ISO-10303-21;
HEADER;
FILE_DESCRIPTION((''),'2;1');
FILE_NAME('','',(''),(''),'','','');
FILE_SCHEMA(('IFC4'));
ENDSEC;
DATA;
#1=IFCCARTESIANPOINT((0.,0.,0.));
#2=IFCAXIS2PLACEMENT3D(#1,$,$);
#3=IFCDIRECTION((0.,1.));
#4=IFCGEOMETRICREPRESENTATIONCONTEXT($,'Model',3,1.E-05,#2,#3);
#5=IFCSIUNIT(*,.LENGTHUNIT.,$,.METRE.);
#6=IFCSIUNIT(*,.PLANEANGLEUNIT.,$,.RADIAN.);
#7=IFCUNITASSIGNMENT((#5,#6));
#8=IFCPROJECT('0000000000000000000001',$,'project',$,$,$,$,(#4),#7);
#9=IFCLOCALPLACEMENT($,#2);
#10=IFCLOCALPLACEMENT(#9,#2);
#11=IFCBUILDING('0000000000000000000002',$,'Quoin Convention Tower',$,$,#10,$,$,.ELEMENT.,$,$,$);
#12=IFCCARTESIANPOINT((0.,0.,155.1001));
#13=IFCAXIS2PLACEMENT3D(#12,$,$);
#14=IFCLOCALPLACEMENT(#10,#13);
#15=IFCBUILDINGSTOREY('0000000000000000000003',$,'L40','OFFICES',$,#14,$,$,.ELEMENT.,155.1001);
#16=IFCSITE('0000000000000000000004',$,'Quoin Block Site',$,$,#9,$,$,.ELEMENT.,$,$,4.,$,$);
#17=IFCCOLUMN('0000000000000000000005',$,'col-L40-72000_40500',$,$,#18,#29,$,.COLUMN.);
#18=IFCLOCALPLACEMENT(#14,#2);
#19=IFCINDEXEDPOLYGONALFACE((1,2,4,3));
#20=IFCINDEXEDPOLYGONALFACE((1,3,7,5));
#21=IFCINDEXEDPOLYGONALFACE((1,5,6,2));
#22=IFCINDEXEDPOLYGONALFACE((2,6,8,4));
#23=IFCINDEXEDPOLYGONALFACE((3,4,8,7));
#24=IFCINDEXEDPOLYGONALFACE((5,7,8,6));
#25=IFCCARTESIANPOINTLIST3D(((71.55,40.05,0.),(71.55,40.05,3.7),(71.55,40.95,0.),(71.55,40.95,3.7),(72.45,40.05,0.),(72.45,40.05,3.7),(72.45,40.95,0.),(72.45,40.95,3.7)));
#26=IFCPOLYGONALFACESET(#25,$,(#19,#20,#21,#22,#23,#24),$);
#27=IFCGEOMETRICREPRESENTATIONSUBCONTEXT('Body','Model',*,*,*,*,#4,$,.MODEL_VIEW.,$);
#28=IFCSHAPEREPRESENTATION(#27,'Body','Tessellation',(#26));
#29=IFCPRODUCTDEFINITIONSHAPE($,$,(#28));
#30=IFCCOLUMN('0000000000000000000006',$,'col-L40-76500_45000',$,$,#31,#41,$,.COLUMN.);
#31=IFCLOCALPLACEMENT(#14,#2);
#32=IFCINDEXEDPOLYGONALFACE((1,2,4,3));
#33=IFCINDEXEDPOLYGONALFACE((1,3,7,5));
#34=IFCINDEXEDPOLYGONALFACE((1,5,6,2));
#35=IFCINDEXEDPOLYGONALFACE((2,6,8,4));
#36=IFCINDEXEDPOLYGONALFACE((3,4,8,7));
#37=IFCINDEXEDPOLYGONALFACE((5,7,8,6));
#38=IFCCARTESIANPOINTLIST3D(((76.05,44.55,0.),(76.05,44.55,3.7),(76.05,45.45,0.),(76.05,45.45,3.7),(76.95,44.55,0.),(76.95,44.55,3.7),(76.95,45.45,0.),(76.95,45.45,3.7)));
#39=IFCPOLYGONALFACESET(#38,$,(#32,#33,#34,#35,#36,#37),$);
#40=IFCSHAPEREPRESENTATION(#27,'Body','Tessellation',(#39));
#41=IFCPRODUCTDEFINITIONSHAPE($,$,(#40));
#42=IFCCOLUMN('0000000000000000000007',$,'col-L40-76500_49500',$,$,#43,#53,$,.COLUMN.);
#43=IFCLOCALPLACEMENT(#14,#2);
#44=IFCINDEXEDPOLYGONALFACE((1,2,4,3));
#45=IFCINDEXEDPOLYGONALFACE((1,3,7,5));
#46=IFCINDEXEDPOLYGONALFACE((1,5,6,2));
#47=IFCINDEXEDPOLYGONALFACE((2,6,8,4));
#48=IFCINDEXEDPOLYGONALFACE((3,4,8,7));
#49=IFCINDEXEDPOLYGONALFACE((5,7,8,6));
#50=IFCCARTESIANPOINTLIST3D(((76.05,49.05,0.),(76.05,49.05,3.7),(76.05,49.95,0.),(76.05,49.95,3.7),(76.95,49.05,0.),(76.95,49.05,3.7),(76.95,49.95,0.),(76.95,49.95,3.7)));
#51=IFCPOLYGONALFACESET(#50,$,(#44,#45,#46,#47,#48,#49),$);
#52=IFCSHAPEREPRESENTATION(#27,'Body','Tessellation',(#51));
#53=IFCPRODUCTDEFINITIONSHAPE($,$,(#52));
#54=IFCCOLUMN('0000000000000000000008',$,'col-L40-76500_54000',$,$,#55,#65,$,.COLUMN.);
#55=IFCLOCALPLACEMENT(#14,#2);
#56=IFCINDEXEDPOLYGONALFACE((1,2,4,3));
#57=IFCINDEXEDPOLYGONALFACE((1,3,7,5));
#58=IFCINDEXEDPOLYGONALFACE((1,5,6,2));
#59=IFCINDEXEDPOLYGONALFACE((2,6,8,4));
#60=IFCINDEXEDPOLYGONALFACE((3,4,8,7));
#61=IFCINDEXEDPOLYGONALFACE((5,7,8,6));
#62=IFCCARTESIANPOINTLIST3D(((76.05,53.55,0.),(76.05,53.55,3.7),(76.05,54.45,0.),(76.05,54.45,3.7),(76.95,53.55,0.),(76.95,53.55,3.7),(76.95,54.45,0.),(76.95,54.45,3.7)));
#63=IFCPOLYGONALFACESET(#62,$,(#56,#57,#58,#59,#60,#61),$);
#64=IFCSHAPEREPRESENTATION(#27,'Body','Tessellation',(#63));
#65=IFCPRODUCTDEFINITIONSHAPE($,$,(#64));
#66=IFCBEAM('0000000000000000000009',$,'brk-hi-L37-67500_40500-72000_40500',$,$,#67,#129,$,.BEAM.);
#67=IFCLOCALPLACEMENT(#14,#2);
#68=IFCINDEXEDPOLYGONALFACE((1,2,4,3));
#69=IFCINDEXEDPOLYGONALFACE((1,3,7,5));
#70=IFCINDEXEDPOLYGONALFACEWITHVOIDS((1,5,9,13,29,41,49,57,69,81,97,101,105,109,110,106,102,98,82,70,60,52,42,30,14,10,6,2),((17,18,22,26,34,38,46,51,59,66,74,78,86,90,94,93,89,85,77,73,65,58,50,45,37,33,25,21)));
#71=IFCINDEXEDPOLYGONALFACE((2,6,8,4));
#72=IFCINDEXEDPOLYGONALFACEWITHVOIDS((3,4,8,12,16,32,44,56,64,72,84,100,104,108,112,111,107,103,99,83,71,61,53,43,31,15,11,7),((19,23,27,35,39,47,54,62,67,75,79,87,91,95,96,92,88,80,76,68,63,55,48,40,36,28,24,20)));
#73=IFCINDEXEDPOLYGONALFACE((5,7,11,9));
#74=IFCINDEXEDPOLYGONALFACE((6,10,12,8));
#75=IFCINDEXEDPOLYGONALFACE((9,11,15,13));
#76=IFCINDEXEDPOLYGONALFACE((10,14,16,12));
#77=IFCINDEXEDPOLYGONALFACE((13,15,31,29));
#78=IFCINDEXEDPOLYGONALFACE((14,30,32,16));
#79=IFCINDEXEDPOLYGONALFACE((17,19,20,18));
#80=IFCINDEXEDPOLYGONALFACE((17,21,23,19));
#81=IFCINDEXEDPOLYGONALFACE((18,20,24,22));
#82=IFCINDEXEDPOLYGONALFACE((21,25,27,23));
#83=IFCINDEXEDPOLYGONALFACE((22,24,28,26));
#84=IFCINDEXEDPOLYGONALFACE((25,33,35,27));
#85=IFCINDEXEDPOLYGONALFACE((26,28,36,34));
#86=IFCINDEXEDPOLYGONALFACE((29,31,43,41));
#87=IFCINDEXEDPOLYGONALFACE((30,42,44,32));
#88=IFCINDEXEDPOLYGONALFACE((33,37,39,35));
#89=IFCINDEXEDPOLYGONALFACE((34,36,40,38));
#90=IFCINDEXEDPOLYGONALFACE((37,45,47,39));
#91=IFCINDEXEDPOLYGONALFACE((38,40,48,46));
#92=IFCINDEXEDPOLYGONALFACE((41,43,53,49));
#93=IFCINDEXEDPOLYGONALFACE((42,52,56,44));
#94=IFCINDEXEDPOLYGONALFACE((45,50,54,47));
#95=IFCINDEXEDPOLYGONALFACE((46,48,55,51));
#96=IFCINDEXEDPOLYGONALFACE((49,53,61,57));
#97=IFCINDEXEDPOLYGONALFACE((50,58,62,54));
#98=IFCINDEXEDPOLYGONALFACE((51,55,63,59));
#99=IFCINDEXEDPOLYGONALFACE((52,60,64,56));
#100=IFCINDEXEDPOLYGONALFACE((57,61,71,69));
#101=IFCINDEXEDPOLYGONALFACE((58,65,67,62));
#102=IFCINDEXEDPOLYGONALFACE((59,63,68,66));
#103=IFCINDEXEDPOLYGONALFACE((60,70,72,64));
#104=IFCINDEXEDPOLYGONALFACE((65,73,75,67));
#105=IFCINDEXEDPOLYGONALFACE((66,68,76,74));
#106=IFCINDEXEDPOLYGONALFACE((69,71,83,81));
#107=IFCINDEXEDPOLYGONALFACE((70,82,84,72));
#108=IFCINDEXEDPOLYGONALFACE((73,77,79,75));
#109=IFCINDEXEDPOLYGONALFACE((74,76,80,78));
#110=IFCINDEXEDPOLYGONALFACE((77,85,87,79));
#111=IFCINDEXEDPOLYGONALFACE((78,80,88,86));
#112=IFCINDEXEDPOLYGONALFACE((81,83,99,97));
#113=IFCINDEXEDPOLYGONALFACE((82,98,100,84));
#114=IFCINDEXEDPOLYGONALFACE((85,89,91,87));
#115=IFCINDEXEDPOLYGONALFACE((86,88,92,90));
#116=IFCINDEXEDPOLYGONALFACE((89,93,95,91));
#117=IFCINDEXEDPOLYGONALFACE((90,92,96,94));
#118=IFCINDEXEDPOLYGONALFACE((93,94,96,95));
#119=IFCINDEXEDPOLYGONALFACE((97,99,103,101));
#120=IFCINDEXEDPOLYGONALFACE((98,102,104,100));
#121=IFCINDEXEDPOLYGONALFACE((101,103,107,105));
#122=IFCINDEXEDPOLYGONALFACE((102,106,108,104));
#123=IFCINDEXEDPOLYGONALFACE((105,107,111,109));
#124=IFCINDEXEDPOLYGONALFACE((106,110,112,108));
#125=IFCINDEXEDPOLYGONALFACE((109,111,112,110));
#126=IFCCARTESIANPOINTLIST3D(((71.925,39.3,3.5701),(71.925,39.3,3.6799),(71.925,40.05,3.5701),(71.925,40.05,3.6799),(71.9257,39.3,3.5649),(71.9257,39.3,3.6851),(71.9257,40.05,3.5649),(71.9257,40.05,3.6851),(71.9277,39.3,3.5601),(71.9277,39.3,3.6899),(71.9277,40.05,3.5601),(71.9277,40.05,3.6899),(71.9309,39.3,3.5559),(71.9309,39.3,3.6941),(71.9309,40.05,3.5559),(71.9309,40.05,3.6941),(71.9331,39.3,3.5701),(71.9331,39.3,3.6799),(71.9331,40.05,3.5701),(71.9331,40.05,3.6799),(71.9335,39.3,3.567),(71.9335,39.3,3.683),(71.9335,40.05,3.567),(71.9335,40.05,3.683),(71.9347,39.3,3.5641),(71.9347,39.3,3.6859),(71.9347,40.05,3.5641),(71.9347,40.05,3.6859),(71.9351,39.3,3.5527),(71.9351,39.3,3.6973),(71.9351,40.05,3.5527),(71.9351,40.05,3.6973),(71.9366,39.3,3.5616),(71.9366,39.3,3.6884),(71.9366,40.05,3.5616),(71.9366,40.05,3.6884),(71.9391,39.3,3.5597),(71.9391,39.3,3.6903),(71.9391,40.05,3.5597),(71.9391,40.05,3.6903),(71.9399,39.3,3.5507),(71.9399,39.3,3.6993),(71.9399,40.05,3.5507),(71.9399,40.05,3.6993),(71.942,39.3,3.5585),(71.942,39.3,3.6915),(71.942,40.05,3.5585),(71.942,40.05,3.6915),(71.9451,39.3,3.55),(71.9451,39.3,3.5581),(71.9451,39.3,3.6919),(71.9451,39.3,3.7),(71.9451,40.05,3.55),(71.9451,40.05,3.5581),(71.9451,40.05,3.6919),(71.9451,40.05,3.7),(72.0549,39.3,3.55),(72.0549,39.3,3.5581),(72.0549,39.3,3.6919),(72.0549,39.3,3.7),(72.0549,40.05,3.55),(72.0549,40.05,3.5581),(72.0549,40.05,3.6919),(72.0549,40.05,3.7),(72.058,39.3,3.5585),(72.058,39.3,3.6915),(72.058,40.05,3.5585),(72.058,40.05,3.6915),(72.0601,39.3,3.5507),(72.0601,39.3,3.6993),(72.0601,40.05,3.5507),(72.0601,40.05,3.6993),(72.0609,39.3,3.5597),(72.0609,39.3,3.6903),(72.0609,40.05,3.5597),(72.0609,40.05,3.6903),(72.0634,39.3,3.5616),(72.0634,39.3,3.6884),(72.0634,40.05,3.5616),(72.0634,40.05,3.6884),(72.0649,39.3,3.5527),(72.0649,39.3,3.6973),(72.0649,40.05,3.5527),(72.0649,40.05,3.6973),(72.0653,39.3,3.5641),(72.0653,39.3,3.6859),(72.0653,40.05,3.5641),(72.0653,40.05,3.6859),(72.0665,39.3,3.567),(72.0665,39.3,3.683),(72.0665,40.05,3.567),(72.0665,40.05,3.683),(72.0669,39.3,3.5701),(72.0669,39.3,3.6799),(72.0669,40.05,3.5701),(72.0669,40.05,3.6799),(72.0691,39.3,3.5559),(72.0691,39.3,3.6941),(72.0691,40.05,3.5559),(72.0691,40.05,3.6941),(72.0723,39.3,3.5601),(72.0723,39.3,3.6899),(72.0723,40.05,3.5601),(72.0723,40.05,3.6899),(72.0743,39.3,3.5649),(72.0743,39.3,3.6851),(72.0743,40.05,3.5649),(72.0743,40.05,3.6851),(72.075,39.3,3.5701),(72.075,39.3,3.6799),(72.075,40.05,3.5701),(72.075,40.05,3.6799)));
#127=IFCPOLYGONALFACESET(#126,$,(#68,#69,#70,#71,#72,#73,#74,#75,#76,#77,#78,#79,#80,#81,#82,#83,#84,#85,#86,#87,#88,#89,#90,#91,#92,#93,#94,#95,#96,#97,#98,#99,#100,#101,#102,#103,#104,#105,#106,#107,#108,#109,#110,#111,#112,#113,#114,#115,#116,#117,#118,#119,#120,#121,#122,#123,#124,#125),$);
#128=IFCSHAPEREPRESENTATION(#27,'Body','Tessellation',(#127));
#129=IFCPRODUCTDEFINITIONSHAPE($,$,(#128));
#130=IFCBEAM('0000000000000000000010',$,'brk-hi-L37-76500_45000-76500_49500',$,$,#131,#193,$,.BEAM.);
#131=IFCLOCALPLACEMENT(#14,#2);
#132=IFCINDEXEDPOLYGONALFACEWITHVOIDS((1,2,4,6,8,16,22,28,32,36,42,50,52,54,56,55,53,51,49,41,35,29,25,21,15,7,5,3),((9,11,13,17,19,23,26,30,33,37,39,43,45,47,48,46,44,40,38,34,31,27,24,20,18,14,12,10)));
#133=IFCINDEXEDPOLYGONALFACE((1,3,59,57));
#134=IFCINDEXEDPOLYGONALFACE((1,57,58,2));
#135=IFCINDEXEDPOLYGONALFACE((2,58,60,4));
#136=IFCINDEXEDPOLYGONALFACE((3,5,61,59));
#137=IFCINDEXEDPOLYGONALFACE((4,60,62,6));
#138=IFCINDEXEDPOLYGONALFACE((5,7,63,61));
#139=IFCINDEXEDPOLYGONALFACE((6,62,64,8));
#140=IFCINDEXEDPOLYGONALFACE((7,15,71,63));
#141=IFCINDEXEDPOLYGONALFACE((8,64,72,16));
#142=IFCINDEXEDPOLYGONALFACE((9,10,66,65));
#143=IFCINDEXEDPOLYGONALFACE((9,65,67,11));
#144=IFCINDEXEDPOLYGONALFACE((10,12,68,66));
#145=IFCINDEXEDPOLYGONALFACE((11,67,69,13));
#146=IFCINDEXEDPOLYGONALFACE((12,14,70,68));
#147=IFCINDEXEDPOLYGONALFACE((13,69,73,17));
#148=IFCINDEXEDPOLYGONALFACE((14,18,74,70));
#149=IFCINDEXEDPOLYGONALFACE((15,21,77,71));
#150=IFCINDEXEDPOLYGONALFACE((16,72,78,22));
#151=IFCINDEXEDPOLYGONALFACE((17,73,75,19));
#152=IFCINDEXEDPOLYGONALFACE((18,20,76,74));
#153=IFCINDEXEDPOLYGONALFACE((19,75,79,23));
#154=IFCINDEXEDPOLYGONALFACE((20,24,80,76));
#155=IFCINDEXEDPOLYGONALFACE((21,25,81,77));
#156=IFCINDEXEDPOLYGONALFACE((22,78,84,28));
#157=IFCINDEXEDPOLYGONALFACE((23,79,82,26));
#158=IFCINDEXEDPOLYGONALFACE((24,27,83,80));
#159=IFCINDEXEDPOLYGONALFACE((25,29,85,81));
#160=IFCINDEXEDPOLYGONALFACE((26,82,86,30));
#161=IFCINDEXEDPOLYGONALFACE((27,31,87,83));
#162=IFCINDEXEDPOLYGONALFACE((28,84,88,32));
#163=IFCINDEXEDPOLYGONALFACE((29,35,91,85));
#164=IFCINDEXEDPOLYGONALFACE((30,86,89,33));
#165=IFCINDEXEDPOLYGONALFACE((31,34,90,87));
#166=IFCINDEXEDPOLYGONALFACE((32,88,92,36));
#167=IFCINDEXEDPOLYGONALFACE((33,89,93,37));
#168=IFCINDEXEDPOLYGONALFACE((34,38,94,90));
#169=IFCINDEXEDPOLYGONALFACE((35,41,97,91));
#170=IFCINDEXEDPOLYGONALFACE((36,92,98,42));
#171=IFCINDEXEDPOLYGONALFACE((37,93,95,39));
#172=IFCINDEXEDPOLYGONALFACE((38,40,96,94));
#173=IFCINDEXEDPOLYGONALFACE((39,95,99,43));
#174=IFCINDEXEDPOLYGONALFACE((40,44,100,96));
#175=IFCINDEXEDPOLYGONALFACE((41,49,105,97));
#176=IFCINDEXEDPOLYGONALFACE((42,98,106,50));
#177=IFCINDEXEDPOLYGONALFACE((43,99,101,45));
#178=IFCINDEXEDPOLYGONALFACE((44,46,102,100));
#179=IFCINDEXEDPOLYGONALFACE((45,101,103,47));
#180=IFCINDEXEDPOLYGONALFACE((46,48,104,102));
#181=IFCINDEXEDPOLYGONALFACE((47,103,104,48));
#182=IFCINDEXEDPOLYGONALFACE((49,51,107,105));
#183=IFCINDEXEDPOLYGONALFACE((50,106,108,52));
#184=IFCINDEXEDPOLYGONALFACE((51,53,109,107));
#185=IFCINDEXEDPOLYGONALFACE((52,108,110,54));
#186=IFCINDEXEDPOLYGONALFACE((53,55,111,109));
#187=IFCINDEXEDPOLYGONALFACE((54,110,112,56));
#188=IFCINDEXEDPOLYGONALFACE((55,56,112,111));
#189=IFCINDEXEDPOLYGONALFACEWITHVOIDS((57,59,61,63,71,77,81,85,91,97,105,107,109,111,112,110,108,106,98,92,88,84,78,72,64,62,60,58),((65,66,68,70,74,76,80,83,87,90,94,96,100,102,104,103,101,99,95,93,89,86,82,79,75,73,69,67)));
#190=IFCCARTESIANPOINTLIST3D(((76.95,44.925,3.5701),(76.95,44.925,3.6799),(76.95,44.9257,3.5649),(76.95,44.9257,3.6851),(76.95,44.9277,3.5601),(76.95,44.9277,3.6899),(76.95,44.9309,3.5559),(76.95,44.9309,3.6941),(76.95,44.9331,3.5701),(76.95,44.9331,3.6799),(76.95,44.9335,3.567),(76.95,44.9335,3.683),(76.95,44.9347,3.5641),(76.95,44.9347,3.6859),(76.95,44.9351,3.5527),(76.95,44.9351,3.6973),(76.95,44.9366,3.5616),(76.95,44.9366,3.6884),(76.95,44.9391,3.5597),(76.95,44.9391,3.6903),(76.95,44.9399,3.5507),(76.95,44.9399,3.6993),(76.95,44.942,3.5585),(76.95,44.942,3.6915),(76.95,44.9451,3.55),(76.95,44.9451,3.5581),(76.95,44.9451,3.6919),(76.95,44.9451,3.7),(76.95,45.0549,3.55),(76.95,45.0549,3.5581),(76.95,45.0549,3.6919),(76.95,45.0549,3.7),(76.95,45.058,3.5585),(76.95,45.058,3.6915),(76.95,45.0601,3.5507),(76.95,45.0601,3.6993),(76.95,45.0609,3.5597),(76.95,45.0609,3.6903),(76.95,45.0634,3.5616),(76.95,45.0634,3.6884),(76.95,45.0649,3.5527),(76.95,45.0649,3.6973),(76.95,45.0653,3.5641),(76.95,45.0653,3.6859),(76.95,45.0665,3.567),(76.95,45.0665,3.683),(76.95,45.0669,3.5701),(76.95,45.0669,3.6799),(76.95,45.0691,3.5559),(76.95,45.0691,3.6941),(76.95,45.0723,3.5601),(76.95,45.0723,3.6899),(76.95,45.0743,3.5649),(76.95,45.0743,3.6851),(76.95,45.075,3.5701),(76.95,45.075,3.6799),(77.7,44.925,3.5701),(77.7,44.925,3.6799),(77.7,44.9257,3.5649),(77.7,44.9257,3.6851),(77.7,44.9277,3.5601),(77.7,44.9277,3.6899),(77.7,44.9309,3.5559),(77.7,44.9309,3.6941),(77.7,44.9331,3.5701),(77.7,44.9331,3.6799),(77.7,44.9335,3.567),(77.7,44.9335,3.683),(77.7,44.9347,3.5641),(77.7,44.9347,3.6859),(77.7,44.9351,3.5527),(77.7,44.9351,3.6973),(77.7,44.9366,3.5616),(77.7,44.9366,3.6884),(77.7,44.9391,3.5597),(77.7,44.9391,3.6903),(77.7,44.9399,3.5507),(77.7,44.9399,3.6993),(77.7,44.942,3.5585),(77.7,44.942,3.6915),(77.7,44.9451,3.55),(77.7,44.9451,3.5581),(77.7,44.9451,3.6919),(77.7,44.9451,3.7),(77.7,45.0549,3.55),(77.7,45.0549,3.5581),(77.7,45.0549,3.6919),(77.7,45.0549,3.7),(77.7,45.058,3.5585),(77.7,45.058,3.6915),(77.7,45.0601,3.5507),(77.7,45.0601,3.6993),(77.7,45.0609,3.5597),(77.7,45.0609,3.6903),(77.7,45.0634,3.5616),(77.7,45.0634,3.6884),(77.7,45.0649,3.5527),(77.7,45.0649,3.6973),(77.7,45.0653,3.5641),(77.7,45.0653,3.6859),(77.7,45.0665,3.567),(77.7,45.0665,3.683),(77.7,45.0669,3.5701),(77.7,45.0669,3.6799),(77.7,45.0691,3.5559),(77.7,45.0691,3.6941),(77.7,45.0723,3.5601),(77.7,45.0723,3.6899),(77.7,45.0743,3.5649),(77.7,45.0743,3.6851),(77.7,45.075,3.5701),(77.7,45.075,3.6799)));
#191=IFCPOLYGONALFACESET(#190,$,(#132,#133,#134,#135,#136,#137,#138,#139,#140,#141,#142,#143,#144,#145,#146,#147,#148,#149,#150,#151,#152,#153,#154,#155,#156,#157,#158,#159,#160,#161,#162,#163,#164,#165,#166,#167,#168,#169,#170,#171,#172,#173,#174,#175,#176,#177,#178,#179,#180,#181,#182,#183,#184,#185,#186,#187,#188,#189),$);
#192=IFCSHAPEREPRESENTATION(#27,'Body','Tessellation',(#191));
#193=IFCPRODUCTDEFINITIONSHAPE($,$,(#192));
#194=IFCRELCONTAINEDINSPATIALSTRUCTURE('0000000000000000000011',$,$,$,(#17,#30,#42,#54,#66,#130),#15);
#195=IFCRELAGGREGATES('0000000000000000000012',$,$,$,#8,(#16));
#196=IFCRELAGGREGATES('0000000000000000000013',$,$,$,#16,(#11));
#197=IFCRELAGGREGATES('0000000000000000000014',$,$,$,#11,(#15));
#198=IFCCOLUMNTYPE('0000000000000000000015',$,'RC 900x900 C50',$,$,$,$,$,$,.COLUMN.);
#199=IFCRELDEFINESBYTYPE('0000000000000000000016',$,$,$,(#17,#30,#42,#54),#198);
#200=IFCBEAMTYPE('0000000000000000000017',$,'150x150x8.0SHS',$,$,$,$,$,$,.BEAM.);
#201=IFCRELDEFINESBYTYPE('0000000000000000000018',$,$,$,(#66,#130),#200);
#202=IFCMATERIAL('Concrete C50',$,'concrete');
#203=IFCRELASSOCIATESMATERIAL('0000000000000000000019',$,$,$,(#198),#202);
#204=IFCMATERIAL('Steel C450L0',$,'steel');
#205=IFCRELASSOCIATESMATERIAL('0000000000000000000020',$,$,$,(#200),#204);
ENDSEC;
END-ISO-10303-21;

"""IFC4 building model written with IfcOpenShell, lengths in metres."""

from ifc_helpers import new_model, si_unit, direction, frame, origin, origin_2d, place, context, subcontext, project, spatial, rectangle, hollow_rectangle, extrude, material, material_profile, profile_set, type_object, element, save


model = new_model("IFC4")

# Units and contexts
model_context = context("Model", 3, precision=1e-05, world=origin(), true_north=direction((0.0, 1.0)))
body_context = subcontext(model_context, "Body", "Model", "MODEL_VIEW")
ifc_project = project(units=[si_unit("LENGTHUNIT", "METRE"), si_unit("PLANEANGLEUNIT", "RADIAN")], contexts=[model_context])

# Site, building, storey
site_placement = place(None, origin())
site = spatial("IfcSite", under=ifc_project, at=site_placement, Name="Quoin Block Site", CompositionType="ELEMENT", RefElevation=4.0)
building_placement = place(site_placement, origin())
building = spatial("IfcBuilding", under=site, at=building_placement, Name="Quoin Convention Tower", CompositionType="ELEMENT")
storey_placement = place(building_placement, frame((0.0, 0.0, 155.1001)))
storey = spatial("IfcBuildingStorey", under=building, at=storey_placement, Name="L40", Description="OFFICES", CompositionType="ELEMENT", Elevation=155.1001)

# Columns
ifc_material_1 = material(Name="Concrete C50", Category="concrete")
ifc_material_profile_1 = material_profile(ifc_material_1, rectangle(XDim=0.8999, YDim=0.8999, at=origin_2d()), Name="RC 900x900")
ifc_profile_set_1 = profile_set([ifc_material_profile_1], Name="Concrete C50")
column_type = type_object("IfcColumnType", Name="RC 900x900 C50", PredefinedType="COLUMN", material=ifc_profile_set_1)
for number, where, z_axis, x_axis, name in (
    (1, (72.0, 40.5, 0.0), (0.0, 0.0, 1.0), (1.0, 0.0, 0.0), "col-L40-72000_40500"),
    (2, (76.5, 45.0, 0.0), (0.0, 0.0, 1.0), (1.0, 0.0, 0.0), "col-L40-76500_45000"),
    (3, (76.5, 49.5, 0.0), (0.0, 0.0, 1.0), (1.0, 0.0, 0.0), "col-L40-76500_49500"),
    (4, (76.5, 54.0, 0.0), (0.0, 0.0, 1.0), (1.0, 0.0, 0.0), "col-L40-76500_54000"),
):
    element("IfcColumn", number, at=place(storey_placement, frame(where, z_axis=z_axis, x_axis=x_axis)), inside=storey, type_object=column_type, Name=name, PredefinedType="COLUMN", context=body_context, shape_type="SweptSolid", body=[
        extrude(rectangle(XDim=0.8999, YDim=0.8999, at=origin_2d()), origin(), (0.0, 0.0, 1.0), 3.7),
    ])

# Beams
ifc_material_2 = material(Name="Steel C450L0", Category="steel")
ifc_material_profile_2 = material_profile(ifc_material_2, hollow_rectangle(XDim=0.1499, YDim=0.1499, WallThickness=0.0081, InnerFilletRadius=0.012, OuterFilletRadius=0.02, at=origin_2d()), Name="150x150x8.0SHS")
ifc_profile_set_2 = profile_set([ifc_material_profile_2], Name="Steel C450L0")
beam_type_1 = type_object("IfcBeamType", Name="150x150x8.0SHS", PredefinedType="BEAM", material=ifc_profile_set_2)
for number, where, z_axis, x_axis, name in (
    (5, (72.0, 40.05, 3.625), (0.0, -1.0, 0.0), (1.0, 0.0, 0.0), "brk-hi-L37-67500_40500-72000_40500"),
    (6, (76.95, 45.0, 3.625), (1.0, 0.0, 0.0), (0.0, 1.0, 0.0), "brk-hi-L37-76500_45000-76500_49500"),
):
    element("IfcBeam", number, at=place(storey_placement, frame(where, z_axis=z_axis, x_axis=x_axis)), inside=storey, type_object=beam_type_1, Name=name, PredefinedType="BEAM", context=body_context, shape_type="SweptSolid", body=[
        extrude(hollow_rectangle(XDim=0.1499, YDim=0.1499, WallThickness=0.0081, InnerFilletRadius=0.012, OuterFilletRadius=0.02, at=origin_2d()), origin(), (0.0, 0.0, 1.0), 0.75),
    ])

save(model, "model.ifc")
